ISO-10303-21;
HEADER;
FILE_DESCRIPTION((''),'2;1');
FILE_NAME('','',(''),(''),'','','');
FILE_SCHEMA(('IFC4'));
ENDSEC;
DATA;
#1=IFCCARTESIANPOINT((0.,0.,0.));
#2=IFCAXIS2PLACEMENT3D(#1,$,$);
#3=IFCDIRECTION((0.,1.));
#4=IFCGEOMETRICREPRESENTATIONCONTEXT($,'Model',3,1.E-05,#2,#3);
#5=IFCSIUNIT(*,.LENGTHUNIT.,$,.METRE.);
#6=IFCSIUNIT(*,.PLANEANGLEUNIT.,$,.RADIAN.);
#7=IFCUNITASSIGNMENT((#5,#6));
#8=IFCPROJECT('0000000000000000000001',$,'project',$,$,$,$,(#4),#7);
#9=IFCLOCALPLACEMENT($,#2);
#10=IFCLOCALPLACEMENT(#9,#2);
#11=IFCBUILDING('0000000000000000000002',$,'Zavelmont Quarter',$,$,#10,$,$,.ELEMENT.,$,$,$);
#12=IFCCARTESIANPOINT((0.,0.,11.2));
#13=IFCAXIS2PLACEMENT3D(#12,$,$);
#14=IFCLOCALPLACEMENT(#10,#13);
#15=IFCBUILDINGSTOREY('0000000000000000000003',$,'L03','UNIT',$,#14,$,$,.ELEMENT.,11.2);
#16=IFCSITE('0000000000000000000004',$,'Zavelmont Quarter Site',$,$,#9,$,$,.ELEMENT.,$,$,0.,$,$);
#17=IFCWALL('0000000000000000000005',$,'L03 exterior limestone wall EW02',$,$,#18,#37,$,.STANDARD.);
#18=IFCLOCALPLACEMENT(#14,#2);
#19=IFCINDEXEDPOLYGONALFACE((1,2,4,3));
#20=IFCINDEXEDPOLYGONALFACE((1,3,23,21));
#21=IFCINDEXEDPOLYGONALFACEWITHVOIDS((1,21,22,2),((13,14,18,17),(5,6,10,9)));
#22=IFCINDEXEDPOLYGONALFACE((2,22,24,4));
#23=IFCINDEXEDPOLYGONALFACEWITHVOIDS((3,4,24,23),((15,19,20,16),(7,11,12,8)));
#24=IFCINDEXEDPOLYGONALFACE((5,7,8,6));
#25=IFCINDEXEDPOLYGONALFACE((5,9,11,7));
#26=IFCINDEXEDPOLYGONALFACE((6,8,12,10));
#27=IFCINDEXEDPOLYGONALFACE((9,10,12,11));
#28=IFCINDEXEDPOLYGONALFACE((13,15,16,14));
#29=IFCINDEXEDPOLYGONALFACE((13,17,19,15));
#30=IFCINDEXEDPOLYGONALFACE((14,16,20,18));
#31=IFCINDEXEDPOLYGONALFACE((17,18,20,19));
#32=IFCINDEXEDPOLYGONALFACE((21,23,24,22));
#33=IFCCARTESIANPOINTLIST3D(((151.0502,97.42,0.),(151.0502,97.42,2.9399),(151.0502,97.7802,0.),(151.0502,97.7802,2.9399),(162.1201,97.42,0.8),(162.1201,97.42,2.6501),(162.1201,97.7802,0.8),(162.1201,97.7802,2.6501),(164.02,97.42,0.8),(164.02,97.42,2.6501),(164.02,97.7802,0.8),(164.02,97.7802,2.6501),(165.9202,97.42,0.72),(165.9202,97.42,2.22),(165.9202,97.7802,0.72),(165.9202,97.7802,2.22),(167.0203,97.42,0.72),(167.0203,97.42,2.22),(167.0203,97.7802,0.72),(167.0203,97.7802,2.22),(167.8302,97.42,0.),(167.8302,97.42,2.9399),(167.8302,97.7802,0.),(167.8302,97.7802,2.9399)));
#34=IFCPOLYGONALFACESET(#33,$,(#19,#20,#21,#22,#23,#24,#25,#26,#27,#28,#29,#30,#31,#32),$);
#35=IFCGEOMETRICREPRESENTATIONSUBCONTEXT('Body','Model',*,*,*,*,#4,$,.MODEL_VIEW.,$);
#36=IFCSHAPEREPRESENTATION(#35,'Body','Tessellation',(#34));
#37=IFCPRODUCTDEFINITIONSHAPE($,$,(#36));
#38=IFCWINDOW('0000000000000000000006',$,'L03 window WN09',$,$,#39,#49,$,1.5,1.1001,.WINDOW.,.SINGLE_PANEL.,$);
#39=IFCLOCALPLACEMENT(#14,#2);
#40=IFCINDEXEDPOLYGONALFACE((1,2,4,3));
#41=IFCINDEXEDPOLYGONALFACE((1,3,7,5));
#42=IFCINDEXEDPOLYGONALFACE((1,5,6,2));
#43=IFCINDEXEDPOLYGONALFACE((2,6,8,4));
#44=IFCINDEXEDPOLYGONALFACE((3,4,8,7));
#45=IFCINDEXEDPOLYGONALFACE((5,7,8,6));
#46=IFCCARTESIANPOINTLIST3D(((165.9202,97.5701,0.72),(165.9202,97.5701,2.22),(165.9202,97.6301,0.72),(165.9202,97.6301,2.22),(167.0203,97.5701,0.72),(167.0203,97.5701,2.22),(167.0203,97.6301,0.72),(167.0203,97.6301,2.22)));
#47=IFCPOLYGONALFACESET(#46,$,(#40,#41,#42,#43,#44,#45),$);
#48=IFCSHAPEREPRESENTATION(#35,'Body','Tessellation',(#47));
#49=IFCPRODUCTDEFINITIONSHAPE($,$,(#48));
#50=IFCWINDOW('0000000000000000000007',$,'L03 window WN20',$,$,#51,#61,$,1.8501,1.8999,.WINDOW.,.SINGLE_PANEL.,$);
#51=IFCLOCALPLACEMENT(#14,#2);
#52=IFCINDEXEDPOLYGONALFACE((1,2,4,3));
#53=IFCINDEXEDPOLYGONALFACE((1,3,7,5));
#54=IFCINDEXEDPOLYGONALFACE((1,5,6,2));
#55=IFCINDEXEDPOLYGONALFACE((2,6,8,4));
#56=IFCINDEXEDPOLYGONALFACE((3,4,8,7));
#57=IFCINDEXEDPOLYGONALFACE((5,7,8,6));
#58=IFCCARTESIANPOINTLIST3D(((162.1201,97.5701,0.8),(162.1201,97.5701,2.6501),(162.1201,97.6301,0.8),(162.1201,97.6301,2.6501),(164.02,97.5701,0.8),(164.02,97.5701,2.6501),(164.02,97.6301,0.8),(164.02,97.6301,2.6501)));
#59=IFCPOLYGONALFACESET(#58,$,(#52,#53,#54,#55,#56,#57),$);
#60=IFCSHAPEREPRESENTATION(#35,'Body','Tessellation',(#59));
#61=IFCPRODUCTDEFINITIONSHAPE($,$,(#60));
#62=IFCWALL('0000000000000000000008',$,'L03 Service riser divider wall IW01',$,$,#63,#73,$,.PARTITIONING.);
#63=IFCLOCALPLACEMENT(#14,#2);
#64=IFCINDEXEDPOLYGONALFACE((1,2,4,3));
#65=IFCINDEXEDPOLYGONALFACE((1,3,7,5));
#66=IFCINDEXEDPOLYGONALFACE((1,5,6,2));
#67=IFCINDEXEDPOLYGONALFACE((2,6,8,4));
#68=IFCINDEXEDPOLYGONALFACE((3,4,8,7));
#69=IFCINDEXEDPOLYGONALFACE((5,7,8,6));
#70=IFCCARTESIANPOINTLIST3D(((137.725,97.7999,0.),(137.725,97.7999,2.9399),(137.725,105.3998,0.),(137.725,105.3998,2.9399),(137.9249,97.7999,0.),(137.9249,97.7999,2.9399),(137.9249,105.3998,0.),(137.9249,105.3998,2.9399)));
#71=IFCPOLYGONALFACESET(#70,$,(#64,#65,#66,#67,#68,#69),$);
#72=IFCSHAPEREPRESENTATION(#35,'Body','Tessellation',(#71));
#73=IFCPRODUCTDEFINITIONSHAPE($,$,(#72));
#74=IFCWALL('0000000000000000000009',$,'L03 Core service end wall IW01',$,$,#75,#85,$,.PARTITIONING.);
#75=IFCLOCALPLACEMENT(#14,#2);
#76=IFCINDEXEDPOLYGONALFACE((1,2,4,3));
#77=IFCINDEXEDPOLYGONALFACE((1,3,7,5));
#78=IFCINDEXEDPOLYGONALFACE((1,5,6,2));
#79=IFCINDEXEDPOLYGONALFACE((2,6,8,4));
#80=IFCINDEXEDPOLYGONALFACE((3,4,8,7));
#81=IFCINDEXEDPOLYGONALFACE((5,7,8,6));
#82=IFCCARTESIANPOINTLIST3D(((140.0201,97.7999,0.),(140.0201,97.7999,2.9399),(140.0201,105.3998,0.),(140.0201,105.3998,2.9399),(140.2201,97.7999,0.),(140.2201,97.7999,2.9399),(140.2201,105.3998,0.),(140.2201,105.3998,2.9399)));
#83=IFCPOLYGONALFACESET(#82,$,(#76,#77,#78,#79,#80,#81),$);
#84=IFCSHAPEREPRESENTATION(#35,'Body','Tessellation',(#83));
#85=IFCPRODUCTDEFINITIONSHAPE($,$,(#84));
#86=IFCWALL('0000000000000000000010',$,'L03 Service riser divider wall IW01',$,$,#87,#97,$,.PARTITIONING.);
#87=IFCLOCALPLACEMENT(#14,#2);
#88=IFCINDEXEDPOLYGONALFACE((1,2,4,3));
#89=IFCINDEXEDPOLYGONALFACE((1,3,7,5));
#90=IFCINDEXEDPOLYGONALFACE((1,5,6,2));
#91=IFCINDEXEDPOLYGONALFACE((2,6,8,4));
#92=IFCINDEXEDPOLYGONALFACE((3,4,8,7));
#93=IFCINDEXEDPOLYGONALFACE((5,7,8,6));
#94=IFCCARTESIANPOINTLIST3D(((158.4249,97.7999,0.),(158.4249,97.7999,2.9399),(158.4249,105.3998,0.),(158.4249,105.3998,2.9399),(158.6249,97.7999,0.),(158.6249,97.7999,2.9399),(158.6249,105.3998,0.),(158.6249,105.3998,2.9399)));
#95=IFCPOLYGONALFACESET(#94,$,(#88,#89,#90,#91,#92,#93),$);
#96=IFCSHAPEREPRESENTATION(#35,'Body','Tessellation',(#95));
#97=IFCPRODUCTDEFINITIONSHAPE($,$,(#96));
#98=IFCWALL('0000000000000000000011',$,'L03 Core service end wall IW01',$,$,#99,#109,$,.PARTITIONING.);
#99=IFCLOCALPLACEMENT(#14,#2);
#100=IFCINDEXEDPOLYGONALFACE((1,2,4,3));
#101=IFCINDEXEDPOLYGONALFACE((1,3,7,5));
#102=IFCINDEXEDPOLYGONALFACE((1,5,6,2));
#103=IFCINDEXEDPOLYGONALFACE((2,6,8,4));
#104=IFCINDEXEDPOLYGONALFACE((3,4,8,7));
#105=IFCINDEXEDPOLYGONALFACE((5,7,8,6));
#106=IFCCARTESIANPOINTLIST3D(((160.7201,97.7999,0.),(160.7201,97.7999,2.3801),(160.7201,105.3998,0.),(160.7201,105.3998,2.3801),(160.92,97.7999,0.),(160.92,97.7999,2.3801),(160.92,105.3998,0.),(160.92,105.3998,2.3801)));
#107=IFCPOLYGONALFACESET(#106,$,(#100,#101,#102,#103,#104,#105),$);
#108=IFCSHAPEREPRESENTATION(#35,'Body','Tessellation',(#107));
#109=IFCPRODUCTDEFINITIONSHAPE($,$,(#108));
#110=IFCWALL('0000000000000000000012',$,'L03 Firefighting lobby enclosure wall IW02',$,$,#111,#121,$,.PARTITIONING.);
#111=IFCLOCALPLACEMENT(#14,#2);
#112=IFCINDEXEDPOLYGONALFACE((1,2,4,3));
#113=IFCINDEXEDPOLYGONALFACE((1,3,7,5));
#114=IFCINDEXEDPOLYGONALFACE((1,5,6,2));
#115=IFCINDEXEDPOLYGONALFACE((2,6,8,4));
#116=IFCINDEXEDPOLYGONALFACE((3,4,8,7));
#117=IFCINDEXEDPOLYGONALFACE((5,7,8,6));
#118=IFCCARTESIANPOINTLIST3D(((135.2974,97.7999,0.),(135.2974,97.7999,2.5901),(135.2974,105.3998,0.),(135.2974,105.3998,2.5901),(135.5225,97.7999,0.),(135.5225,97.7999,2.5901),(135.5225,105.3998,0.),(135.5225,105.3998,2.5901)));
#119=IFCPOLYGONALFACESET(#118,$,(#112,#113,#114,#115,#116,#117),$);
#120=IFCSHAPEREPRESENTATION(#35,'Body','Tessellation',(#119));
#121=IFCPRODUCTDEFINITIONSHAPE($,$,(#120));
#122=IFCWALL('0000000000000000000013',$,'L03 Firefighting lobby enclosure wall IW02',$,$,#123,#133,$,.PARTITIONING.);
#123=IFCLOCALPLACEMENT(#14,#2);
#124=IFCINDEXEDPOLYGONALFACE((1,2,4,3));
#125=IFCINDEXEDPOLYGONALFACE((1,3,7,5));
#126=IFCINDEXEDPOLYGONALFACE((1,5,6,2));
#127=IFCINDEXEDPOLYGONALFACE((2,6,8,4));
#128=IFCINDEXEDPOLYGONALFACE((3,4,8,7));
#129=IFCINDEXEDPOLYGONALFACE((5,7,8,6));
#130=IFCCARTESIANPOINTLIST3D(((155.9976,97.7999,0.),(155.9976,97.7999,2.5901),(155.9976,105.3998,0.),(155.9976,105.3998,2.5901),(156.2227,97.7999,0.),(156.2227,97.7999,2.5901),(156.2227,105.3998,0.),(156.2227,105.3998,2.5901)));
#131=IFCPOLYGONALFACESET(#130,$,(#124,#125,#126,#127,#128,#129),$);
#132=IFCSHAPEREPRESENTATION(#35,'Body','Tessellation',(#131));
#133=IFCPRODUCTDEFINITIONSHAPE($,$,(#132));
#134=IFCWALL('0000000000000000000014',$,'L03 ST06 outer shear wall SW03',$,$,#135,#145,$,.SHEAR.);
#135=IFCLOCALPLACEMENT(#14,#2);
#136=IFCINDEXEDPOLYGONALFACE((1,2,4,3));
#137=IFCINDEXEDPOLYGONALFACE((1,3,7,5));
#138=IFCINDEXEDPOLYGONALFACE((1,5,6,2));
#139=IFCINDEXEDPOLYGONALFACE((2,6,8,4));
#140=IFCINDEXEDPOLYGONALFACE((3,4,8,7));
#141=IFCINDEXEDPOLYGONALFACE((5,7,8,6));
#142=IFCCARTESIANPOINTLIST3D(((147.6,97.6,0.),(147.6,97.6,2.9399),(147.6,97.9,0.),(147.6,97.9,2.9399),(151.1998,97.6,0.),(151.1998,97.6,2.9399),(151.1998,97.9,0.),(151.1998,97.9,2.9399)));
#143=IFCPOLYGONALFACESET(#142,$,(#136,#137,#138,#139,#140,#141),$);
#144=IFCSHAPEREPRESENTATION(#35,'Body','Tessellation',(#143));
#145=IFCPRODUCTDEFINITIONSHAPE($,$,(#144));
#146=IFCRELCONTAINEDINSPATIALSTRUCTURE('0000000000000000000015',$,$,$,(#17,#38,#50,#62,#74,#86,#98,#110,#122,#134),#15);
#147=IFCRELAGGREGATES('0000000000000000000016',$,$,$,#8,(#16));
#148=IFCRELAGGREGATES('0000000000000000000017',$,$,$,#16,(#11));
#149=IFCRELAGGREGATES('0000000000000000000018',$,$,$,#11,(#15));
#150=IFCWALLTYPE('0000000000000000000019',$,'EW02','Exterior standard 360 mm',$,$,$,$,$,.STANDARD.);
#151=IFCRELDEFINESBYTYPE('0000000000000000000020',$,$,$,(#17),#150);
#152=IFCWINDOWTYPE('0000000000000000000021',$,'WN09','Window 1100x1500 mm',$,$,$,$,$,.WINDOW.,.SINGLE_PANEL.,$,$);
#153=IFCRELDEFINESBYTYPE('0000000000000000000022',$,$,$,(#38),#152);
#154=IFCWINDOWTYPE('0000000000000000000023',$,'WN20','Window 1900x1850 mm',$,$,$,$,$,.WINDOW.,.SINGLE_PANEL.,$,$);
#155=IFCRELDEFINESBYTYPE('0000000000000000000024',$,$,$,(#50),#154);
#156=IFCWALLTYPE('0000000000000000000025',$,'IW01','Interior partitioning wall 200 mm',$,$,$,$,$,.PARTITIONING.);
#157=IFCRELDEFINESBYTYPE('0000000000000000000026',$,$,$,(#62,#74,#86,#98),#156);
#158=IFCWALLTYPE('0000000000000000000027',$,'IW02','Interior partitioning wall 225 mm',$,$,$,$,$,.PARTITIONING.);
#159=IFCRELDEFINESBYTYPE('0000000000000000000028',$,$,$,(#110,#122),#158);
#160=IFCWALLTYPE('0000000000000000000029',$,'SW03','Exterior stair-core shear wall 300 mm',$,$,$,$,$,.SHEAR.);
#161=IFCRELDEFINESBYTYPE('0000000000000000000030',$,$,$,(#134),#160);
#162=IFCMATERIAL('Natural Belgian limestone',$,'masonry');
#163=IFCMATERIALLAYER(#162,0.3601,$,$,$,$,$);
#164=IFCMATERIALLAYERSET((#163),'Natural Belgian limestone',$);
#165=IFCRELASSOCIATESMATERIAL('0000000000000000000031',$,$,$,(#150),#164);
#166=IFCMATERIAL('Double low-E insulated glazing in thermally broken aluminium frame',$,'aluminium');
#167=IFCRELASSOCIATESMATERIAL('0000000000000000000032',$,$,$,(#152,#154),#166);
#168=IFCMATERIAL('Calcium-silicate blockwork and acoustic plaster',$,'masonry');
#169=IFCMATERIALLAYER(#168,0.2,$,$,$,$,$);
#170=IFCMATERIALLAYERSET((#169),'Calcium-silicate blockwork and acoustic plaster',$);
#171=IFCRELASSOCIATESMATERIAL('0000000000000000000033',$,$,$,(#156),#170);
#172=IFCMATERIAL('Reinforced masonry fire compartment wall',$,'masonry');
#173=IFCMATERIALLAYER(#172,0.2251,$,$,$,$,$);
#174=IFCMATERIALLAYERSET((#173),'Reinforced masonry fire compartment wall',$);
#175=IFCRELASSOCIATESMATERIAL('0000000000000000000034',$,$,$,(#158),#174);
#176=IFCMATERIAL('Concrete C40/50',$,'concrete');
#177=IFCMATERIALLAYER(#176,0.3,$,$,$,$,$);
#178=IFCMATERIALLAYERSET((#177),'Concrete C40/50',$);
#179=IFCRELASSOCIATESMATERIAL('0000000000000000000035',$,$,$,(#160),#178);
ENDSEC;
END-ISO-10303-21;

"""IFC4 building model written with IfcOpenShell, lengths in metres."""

from ifc_helpers import new_model, si_unit, direction, frame, frame_2d, origin, origin_with_axes, place, context, subcontext, project, spatial, rectangle, extrude, material, layer, layer_set, type_object, element, fill, save


model = new_model("IFC4")

# Units and contexts
model_context = context("Model", 3, precision=1e-05, world=origin(), true_north=direction((0.0, 1.0)))
body_context = subcontext(model_context, "Body", "Model", "MODEL_VIEW")
ifc_project = project(units=[si_unit("LENGTHUNIT", "METRE"), si_unit("PLANEANGLEUNIT", "RADIAN")], contexts=[model_context])

# Site, building, storey
site_placement = place(None, origin())
site = spatial("IfcSite", under=ifc_project, at=site_placement, Name="Zavelmont Quarter Site", CompositionType="ELEMENT", RefElevation=0.0)
building_placement = place(site_placement, origin())
building = spatial("IfcBuilding", under=site, at=building_placement, Name="Zavelmont Quarter", CompositionType="ELEMENT")
storey_placement = place(building_placement, frame((0.0, 0.0, 11.2)))
storey = spatial("IfcBuildingStorey", under=building, at=storey_placement, Name="L03", Description="UNIT", CompositionType="ELEMENT", Elevation=11.2)

# Shared definitions
ifc_material_1 = material(Name="Concrete C40/50", Category="concrete")

# Wall, openings, windows
ifc_material_2 = material(Name="Natural Belgian limestone", Category="masonry")
ifc_layer_1 = layer(ifc_material_2, 0.3601)
ifc_layer_set_1 = layer_set([ifc_layer_1], Name="Natural Belgian limestone")
wall_type_1 = type_object("IfcWallType", Name="EW02", Description="Exterior standard 360 mm", PredefinedType="STANDARD", material=ifc_layer_set_1)
wall_1_placement = place(storey_placement, frame((151.05, 97.6001, 0.0), z_axis=(0.0, 0.0, 1.0), x_axis=(1.0, 0.0, 0.0)))
wall_1 = element("IfcWall", 1, at=wall_1_placement, inside=storey, type_object=wall_type_1, Name="L03 exterior limestone wall EW02", PredefinedType="STANDARD", context=body_context, shape_type="SweptSolid", body=[
    extrude(rectangle(XDim=16.78, YDim=0.3601, at=frame_2d((8.3901, 0.0))), origin(), (0.0, 0.0, 1.0), 2.9399),
])
opening_1_placement = place(wall_1_placement, frame((11.0701, 0.0, 0.8)))
opening_1 = element("IfcOpeningElement", 2, at=opening_1_placement, cuts=wall_1, PredefinedType="OPENING", context=body_context, shape_type="SweptSolid", body=[
    extrude(rectangle(XDim=1.8999, YDim=1.8501, at=frame_2d((0.95, 0.925))), frame((0.0, 0.1919, 0.0), z_axis=(0.0, -1.0, 0.0), x_axis=(1.0, 0.0, 0.0)), (0.0, 0.0, 1.0), 0.384),
])
opening_2_placement = place(wall_1_placement, frame((14.8701, 0.0, 0.72)))
opening_2 = element("IfcOpeningElement", 3, at=opening_2_placement, cuts=wall_1, PredefinedType="OPENING", context=body_context, shape_type="SweptSolid", body=[
    extrude(rectangle(XDim=1.1001, YDim=1.5, at=frame_2d((0.55, 0.75))), frame((0.0, 0.1919, 0.0), z_axis=(0.0, -1.0, 0.0), x_axis=(1.0, 0.0, 0.0)), (0.0, 0.0, 1.0), 0.384),
])
ifc_material_3 = material(Name="Double low-E insulated glazing in thermally broken aluminium frame", Category="aluminium")
window_type_1 = type_object("IfcWindowType", Name="WN09", Description="Window 1100x1500 mm", PartitioningType="SINGLE_PANEL", PredefinedType="WINDOW", material=ifc_material_3)
window_1_placement = place(opening_2_placement, origin_with_axes())
window_1 = element("IfcWindow", 4, at=window_1_placement, inside=storey, type_object=window_type_1, Name="L03 window WN09", OverallHeight=1.5, OverallWidth=1.1001, PartitioningType="SINGLE_PANEL", PredefinedType="WINDOW", context=body_context, shape_type="SweptSolid", body=[
    extrude(rectangle(XDim=1.1001, YDim=1.5, at=frame_2d((0.55, 0.75))), frame((0.0, 0.03, 0.0), z_axis=(0.0, -1.0, 0.0), x_axis=(1.0, 0.0, 0.0)), (0.0, 0.0, 1.0), 0.0601),
])
fill(opening_2, window_1)
window_type_2 = type_object("IfcWindowType", Name="WN20", Description="Window 1900x1850 mm", PartitioningType="SINGLE_PANEL", PredefinedType="WINDOW", material=ifc_material_3)
window_2_placement = place(opening_1_placement, origin_with_axes())
window_2 = element("IfcWindow", 5, at=window_2_placement, inside=storey, type_object=window_type_2, Name="L03 window WN20", OverallHeight=1.8501, OverallWidth=1.8999, PartitioningType="SINGLE_PANEL", PredefinedType="WINDOW", context=body_context, shape_type="SweptSolid", body=[
    extrude(rectangle(XDim=1.8999, YDim=1.8501, at=frame_2d((0.95, 0.925))), frame((0.0, 0.03, 0.0), z_axis=(0.0, -1.0, 0.0), x_axis=(1.0, 0.0, 0.0)), (0.0, 0.0, 1.0), 0.0601),
])
fill(opening_1, window_2)

# Walls
ifc_material_4 = material(Name="Calcium-silicate blockwork and acoustic plaster", Category="masonry")
ifc_layer_2 = layer(ifc_material_4, 0.2)
ifc_layer_set_2 = layer_set([ifc_layer_2], Name="Calcium-silicate blockwork and acoustic plaster")
wall_type_2 = type_object("IfcWallType", Name="IW01", Description="Interior partitioning wall 200 mm", PredefinedType="PARTITIONING", material=ifc_layer_set_2)
for number, where, z_axis, x_axis, name in (
    (6, (137.825, 97.8, 0.0), (0.0, 0.0, 1.0), (0.0, 1.0, 0.0), "L03 Service riser divider wall IW01"),
    (7, (140.1201, 97.8, 0.0), (0.0, 0.0, 1.0), (0.0, 1.0, 0.0), "L03 Core service end wall IW01"),
    (8, (158.5249, 97.8, 0.0), (0.0, 0.0, 1.0), (0.0, 1.0, 0.0), "L03 Service riser divider wall IW01"),
):
    element("IfcWall", number, at=place(storey_placement, frame(where, z_axis=z_axis, x_axis=x_axis)), inside=storey, type_object=wall_type_2, Name=name, PredefinedType="PARTITIONING", context=body_context, shape_type="SweptSolid", body=[
        extrude(rectangle(XDim=7.5999, YDim=0.2, at=frame_2d((3.7998, 0.0))), origin(), (0.0, 0.0, 1.0), 2.9399),
    ])
wall_2_placement = place(storey_placement, frame((160.8201, 97.8, 0.0), z_axis=(0.0, 0.0, 1.0), x_axis=(0.0, 1.0, 0.0)))
element("IfcWall", 9, at=wall_2_placement, inside=storey, type_object=wall_type_2, Name="L03 Core service end wall IW01", PredefinedType="PARTITIONING", context=body_context, shape_type="SweptSolid", body=[
    extrude(rectangle(XDim=7.5999, YDim=0.2, at=frame_2d((3.7998, 0.0))), origin(), (0.0, 0.0, 1.0), 2.3801),
])
ifc_material_5 = material(Name="Reinforced masonry fire compartment wall", Category="masonry")
ifc_layer_3 = layer(ifc_material_5, 0.2251)
ifc_layer_set_3 = layer_set([ifc_layer_3], Name="Reinforced masonry fire compartment wall")
wall_type_3 = type_object("IfcWallType", Name="IW02", Description="Interior partitioning wall 225 mm", PredefinedType="PARTITIONING", material=ifc_layer_set_3)
for number, where, z_axis, x_axis, name in (
    (10, (135.4099, 97.8, 0.0), (0.0, 0.0, 1.0), (0.0, 1.0, 0.0), "L03 Firefighting lobby enclosure wall IW02"),
    (11, (156.1101, 97.8, 0.0), (0.0, 0.0, 1.0), (0.0, 1.0, 0.0), "L03 Firefighting lobby enclosure wall IW02"),
):
    element("IfcWall", number, at=place(storey_placement, frame(where, z_axis=z_axis, x_axis=x_axis)), inside=storey, type_object=wall_type_3, Name=name, PredefinedType="PARTITIONING", context=body_context, shape_type="SweptSolid", body=[
        extrude(rectangle(XDim=7.5999, YDim=0.2251, at=frame_2d((3.7998, 0.0))), origin(), (0.0, 0.0, 1.0), 2.5901),
    ])

# Wall
ifc_layer_4 = layer(ifc_material_1, 0.3)
ifc_layer_set_4 = layer_set([ifc_layer_4], Name="Concrete C40/50")
wall_type_4 = type_object("IfcWallType", Name="SW03", Description="Exterior stair-core shear wall 300 mm", PredefinedType="SHEAR", material=ifc_layer_set_4)
wall_3_placement = place(storey_placement, frame((147.6001, 97.75, 0.0), z_axis=(0.0, 0.0, 1.0), x_axis=(1.0, 0.0, 0.0)))
element("IfcWall", 12, at=wall_3_placement, inside=storey, type_object=wall_type_4, Name="L03 ST06 outer shear wall SW03", PredefinedType="SHEAR", context=body_context, shape_type="SweptSolid", body=[
    extrude(rectangle(XDim=3.5999, YDim=0.3, at=frame_2d((1.7998, 0.0))), origin(), (0.0, 0.0, 1.0), 2.9399),
])

save(model, "model.ifc")
